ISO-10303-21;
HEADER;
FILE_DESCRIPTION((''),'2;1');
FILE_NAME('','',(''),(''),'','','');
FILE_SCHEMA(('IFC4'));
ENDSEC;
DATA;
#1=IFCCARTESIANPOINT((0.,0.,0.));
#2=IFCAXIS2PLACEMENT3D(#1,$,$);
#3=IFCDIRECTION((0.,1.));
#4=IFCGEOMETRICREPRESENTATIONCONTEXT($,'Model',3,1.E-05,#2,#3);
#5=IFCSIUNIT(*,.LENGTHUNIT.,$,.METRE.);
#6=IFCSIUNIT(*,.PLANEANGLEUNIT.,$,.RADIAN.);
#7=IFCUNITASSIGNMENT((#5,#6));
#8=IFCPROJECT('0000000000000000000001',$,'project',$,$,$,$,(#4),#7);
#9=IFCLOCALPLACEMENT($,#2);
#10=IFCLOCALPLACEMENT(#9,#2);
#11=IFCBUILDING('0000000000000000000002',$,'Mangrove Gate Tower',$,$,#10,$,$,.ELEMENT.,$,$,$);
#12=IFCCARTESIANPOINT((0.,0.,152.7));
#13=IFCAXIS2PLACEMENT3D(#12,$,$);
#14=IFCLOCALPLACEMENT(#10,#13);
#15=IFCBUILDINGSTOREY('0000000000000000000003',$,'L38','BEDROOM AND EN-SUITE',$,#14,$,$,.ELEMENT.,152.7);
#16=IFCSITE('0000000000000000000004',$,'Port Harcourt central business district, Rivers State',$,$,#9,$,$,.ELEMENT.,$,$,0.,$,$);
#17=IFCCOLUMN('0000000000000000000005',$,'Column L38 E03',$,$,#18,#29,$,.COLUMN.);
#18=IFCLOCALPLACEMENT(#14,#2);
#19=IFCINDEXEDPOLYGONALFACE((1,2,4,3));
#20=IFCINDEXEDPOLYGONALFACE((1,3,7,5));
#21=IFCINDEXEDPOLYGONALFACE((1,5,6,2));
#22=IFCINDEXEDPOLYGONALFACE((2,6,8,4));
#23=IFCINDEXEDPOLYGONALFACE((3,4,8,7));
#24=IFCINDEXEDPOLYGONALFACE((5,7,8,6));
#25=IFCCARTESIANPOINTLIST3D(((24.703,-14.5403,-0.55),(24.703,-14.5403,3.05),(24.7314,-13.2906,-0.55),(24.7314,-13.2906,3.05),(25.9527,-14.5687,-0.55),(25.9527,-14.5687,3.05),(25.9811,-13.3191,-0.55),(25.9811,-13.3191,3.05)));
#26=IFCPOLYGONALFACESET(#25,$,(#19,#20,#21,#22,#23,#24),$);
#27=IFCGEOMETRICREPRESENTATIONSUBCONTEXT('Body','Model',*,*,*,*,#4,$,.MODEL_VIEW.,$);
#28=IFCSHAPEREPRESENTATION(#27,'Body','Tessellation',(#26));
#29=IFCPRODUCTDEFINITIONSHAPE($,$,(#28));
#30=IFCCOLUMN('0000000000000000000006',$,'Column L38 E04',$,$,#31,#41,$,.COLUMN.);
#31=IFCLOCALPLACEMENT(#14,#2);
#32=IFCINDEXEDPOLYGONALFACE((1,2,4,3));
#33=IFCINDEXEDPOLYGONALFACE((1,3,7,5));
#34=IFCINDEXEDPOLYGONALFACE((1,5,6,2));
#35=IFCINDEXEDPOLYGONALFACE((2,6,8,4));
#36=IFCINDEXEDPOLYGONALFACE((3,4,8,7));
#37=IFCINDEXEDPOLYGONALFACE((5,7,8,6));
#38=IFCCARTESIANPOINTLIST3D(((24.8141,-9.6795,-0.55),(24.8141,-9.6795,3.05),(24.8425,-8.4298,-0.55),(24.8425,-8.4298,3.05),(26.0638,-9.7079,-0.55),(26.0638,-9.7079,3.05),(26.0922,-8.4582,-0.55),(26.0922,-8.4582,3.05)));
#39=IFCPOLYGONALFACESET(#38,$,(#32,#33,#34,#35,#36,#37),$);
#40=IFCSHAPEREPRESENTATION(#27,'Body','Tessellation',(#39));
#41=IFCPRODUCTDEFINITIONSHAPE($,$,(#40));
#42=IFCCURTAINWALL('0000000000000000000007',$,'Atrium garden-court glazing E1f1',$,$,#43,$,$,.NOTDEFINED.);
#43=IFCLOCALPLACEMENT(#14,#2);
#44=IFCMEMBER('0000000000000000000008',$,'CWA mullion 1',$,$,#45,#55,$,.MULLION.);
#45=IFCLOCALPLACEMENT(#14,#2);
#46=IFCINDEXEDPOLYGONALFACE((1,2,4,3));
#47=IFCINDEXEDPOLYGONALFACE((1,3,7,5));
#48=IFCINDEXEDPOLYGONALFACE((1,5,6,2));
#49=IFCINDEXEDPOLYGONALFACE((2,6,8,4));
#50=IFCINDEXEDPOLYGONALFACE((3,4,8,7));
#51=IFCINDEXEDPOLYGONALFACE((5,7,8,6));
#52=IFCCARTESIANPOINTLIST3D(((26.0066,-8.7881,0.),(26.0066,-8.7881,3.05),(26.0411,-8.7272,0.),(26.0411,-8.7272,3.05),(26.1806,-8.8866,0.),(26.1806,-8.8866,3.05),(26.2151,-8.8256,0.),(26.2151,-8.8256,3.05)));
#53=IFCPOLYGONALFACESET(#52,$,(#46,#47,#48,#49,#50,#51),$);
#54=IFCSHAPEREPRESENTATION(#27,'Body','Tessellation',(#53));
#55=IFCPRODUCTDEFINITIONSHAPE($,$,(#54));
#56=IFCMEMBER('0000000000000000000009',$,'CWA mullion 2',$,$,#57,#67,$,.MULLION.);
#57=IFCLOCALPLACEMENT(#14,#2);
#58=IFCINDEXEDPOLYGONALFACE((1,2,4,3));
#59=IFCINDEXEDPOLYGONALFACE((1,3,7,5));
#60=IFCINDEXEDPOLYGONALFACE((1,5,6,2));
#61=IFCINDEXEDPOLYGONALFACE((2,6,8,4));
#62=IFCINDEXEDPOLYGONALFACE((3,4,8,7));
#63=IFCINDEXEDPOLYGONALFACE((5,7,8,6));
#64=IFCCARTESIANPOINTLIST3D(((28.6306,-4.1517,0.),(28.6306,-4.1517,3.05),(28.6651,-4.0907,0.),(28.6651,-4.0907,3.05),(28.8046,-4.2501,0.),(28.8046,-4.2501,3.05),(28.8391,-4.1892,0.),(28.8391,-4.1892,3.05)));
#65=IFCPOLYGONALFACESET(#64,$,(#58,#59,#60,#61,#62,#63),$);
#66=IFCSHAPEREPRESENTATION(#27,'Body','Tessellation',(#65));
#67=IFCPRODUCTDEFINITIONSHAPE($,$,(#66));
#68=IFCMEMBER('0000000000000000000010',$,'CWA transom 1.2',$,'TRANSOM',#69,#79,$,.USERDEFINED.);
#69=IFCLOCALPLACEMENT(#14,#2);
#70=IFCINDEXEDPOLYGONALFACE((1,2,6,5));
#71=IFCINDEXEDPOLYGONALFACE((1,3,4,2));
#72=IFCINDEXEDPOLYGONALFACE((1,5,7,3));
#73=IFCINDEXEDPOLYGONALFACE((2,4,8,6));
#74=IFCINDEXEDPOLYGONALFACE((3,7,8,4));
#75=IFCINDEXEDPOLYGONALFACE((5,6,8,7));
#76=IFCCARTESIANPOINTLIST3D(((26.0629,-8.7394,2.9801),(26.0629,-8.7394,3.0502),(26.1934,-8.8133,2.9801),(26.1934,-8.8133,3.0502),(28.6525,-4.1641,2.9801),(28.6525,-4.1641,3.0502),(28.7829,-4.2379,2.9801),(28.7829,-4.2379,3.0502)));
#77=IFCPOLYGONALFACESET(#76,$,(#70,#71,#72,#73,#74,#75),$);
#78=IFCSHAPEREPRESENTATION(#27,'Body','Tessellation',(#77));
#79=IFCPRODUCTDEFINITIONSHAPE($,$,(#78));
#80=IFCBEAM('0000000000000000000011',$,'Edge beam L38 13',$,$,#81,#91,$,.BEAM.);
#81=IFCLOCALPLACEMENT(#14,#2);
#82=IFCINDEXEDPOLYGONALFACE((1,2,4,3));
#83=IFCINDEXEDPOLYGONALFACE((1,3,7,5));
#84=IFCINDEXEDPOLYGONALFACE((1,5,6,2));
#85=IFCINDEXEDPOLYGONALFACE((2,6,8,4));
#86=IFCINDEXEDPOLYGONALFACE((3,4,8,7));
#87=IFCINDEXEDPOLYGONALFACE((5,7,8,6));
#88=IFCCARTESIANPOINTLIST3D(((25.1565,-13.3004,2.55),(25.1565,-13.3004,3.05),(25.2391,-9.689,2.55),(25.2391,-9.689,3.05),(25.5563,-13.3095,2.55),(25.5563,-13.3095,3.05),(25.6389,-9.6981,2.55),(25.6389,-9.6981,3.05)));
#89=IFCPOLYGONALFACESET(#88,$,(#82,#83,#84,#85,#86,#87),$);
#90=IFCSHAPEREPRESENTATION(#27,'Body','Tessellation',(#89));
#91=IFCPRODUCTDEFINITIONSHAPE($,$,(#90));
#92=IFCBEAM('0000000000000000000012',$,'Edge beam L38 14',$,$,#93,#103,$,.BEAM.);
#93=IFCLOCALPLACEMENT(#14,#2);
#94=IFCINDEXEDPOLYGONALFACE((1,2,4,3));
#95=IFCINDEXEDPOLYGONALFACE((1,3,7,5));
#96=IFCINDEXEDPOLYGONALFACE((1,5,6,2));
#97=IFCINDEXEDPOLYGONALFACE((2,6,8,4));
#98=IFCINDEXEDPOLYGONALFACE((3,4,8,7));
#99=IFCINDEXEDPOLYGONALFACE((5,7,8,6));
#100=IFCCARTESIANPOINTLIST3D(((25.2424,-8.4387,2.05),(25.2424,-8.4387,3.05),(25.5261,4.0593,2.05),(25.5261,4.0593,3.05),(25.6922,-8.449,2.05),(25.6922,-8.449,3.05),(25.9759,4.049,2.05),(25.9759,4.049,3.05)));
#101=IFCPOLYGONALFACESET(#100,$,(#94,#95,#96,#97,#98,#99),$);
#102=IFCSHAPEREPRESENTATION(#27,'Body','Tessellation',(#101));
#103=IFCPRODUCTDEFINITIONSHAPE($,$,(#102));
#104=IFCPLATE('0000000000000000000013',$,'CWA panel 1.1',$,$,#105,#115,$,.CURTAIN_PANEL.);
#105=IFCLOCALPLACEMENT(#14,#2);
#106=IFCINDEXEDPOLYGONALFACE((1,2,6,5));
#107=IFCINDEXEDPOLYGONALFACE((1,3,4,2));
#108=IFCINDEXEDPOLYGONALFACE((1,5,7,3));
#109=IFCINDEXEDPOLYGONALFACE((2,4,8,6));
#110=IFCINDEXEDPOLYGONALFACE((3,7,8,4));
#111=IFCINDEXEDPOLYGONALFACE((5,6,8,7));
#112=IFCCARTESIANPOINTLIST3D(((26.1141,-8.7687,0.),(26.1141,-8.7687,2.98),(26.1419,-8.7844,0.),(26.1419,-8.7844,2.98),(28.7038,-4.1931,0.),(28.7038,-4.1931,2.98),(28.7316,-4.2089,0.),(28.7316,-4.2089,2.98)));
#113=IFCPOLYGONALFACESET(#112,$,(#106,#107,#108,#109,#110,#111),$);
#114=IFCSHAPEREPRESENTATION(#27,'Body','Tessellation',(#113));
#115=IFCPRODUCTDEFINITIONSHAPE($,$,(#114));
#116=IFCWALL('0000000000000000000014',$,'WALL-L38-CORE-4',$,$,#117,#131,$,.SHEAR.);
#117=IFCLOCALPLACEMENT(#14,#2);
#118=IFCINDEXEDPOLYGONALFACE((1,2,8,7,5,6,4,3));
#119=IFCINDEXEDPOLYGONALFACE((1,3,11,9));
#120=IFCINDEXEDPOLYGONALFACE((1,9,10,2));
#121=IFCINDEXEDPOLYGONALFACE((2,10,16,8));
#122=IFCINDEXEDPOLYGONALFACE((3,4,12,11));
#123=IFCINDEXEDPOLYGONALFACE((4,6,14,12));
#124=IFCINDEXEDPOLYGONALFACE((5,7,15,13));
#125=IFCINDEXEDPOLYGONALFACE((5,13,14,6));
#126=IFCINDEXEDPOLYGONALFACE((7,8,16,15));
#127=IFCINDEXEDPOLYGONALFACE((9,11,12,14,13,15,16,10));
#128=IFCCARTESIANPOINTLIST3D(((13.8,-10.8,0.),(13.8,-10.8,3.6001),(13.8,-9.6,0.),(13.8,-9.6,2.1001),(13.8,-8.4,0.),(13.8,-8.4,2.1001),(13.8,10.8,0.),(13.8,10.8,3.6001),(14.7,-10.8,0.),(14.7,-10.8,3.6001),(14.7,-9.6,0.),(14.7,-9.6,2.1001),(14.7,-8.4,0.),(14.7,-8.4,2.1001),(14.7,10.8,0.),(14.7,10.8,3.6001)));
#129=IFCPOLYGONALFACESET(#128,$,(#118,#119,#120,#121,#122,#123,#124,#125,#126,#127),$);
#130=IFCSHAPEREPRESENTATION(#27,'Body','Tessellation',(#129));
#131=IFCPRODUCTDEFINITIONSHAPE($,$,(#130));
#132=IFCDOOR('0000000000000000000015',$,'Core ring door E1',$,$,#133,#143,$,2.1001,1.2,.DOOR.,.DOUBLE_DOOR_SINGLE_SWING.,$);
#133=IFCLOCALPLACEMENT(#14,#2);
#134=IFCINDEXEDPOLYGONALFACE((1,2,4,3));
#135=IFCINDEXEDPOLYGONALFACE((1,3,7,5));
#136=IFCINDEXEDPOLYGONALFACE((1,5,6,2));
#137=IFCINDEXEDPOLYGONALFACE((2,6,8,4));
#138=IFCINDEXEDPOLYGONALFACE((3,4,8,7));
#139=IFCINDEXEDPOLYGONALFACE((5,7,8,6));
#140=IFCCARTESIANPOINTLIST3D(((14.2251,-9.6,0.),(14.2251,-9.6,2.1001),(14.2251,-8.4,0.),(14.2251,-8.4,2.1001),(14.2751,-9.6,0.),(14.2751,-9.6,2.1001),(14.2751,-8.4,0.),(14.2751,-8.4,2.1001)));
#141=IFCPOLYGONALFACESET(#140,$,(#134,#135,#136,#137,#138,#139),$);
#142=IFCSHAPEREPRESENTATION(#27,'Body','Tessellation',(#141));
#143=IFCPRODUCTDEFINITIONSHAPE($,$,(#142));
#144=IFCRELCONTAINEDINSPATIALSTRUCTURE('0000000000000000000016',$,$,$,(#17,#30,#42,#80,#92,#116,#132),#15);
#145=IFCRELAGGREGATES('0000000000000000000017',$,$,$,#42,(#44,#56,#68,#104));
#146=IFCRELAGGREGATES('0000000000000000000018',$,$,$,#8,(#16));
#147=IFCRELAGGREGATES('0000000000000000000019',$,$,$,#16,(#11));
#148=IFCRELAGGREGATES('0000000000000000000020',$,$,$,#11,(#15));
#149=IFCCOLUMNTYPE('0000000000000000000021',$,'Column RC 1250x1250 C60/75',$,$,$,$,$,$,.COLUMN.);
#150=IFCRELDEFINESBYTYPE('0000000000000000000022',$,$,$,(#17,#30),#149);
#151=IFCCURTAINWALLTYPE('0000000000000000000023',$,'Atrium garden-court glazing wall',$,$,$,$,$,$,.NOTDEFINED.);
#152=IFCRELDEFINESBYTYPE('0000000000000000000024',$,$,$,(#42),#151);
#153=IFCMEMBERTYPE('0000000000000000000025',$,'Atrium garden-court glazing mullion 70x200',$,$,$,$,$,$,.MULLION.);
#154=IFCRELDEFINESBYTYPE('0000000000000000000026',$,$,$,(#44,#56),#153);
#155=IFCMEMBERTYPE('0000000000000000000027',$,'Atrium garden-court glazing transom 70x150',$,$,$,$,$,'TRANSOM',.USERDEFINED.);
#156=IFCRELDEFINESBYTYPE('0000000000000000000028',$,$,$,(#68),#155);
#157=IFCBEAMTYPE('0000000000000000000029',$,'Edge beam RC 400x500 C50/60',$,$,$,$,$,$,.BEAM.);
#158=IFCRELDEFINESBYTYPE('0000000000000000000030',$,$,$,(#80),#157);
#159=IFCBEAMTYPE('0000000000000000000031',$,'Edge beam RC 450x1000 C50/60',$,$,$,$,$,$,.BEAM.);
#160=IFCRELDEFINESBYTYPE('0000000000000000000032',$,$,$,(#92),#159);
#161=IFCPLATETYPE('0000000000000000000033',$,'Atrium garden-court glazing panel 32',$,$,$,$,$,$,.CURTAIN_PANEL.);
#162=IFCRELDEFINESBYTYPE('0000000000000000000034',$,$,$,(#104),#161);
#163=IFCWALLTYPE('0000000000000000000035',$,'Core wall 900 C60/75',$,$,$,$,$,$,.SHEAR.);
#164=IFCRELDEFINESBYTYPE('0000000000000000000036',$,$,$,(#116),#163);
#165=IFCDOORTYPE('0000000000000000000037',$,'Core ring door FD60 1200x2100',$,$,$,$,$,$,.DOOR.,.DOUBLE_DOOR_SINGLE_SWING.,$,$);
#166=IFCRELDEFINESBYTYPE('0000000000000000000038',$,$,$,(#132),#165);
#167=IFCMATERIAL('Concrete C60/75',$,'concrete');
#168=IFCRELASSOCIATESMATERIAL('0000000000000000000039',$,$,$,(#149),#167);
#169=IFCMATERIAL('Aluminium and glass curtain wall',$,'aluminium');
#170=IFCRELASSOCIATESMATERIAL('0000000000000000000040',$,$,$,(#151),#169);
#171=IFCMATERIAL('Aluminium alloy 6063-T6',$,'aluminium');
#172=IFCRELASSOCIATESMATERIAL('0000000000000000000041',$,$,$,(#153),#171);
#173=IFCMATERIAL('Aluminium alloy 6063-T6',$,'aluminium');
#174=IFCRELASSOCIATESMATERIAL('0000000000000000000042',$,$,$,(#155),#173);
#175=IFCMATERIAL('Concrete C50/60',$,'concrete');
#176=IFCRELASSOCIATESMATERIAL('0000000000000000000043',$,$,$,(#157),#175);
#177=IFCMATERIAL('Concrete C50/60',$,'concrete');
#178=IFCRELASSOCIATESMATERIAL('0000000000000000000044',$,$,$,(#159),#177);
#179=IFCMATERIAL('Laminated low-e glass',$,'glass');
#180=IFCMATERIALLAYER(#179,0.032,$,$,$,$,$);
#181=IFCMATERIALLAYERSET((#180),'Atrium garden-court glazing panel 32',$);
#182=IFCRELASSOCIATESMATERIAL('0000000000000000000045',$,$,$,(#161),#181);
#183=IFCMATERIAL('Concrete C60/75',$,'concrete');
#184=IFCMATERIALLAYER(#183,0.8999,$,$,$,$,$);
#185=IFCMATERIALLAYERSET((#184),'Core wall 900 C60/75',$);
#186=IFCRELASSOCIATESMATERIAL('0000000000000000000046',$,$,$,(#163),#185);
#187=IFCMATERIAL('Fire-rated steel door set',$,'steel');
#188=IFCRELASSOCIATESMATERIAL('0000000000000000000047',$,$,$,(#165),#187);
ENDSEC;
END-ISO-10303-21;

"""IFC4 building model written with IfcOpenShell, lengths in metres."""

from ifc_helpers import new_model, si_unit, direction, frame, frame_2d, origin, origin_2d, place, context, subcontext, project, spatial, rectangle, extrude, material, layer, layer_set, material_profile, profile_set, type_object, element, fill, aggregate, save


model = new_model("IFC4")

# Units and contexts
model_context = context("Model", 3, precision=1e-05, world=origin(), true_north=direction((0.0, 1.0)))
body_context = subcontext(model_context, "Body", "Model", "MODEL_VIEW")
ifc_project = project(units=[si_unit("LENGTHUNIT", "METRE"), si_unit("PLANEANGLEUNIT", "RADIAN")], contexts=[model_context])

# Site, building, storey
site_placement = place(None, origin())
site = spatial("IfcSite", under=ifc_project, at=site_placement, Name="Port Harcourt central business district, Rivers State", CompositionType="ELEMENT", RefElevation=0.0)
building_placement = place(site_placement, origin())
building = spatial("IfcBuilding", under=site, at=building_placement, Name="Mangrove Gate Tower", CompositionType="ELEMENT")
storey_placement = place(building_placement, frame((0.0, 0.0, 152.7)))
storey = spatial("IfcBuildingStorey", under=building, at=storey_placement, Name="L38", Description="BEDROOM AND EN-SUITE", CompositionType="ELEMENT", Elevation=152.7)

# Columns
ifc_material_1 = material(Name="Concrete C60/75", Category="concrete")
ifc_material_profile_1 = material_profile(ifc_material_1, rectangle(XDim=1.25, YDim=1.25, at=origin_2d()))
ifc_profile_set_1 = profile_set([ifc_material_profile_1], Name="Concrete C60/75")
column_type = type_object("IfcColumnType", Name="Column RC 1250x1250 C60/75", PredefinedType="COLUMN", material=ifc_profile_set_1)
for number, where, z_axis, x_axis, name in (
    (1, (25.342, -13.9297, -0.55), (0.0, 0.0, 1.0), (0.022726, 0.999742, 0.0), "Column L38 E03"),
    (2, (25.4531, -9.0688, -0.55), (0.0, 0.0, 1.0), (0.022725, 0.999742, 0.0), "Column L38 E04"),
):
    element("IfcColumn", number, at=place(storey_placement, frame(where, z_axis=z_axis, x_axis=x_axis)), inside=storey, type_object=column_type, Name=name, PredefinedType="COLUMN", context=body_context, shape_type="SweptSolid", body=[
        extrude(rectangle(XDim=1.25, YDim=1.25, at=origin_2d()), origin(), (0.0, 0.0, 1.0), 3.6001),
    ])

# Curtain wall, members
ifc_material_2 = material(Name="Aluminium and glass curtain wall", Category="aluminium")
curtain_wall_type = type_object("IfcCurtainWallType", Name="Atrium garden-court glazing wall", PredefinedType="NOTDEFINED", material=ifc_material_2)
curtain_wall_placement = place(storey_placement, origin())
curtain_wall = element("IfcCurtainWall", 3, at=curtain_wall_placement, inside=storey, type_object=curtain_wall_type, Name="Atrium garden-court glazing E1f1", PredefinedType="NOTDEFINED")
ifc_material_3 = material(Name="Aluminium alloy 6063-T6", Category="aluminium")
ifc_material_profile_2 = material_profile(ifc_material_3, rectangle(XDim=0.0701, YDim=0.2, at=origin_2d()))
ifc_profile_set_2 = profile_set([ifc_material_profile_2], Name="Aluminium alloy 6063-T6")
member_type_1 = type_object("IfcMemberType", Name="Atrium garden-court glazing mullion 70x200", PredefinedType="MULLION", material=ifc_profile_set_2)
member_1_placement = place(storey_placement, frame((26.1108, -8.8069, 0.0), z_axis=(0.0, 0.0, 1.0), x_axis=(0.492564, 0.870276, 0.0)))
member_1 = element("IfcMember", 4, at=member_1_placement, type_object=member_type_1, Name="CWA mullion 1", PredefinedType="MULLION", context=body_context, shape_type="SweptSolid", body=[
    extrude(rectangle(XDim=0.0701, YDim=0.2, at=origin_2d()), origin(), (0.0, 0.0, 1.0), 3.05),
])
member_2_placement = place(storey_placement, frame((28.7349, -4.1704, 0.0), z_axis=(0.0, 0.0, 1.0), x_axis=(0.492564, 0.870276, 0.0)))
member_2 = element("IfcMember", 5, at=member_2_placement, type_object=member_type_1, Name="CWA mullion 2", PredefinedType="MULLION", context=body_context, shape_type="SweptSolid", body=[
    extrude(rectangle(XDim=0.0701, YDim=0.2, at=origin_2d()), origin(), (0.0, 0.0, 1.0), 3.05),
])
ifc_material_4 = material(Name="Aluminium alloy 6063-T6", Category="aluminium")
ifc_material_profile_3 = material_profile(ifc_material_4, rectangle(XDim=0.0701, YDim=0.1499, at=origin_2d()))
ifc_profile_set_3 = profile_set([ifc_material_profile_3], Name="Aluminium alloy 6063-T6")
member_type_2 = type_object("IfcMemberType", Name="Atrium garden-court glazing transom 70x150", ElementType="TRANSOM", PredefinedType="USERDEFINED", material=ifc_profile_set_3)
member_3_placement = place(storey_placement, frame((26.1282, -8.7764, 3.0151), z_axis=(0.492559, 0.870279, 0.0), x_axis=(0.0, 0.0, 1.0)))
member_3 = element("IfcMember", 6, at=member_3_placement, type_object=member_type_2, Name="CWA transom 1.2", ObjectType="TRANSOM", PredefinedType="USERDEFINED", context=body_context, shape_type="SweptSolid", body=[
    extrude(rectangle(XDim=0.0701, YDim=0.1499, at=origin_2d()), origin(), (0.0, 0.0, 1.0), 5.2573),
])

# Beams
ifc_material_5 = material(Name="Concrete C50/60", Category="concrete")
ifc_material_profile_4 = material_profile(ifc_material_5, rectangle(XDim=0.3999, YDim=0.5, at=origin_2d()))
ifc_profile_set_4 = profile_set([ifc_material_profile_4], Name="Concrete C50/60")
beam_type_1 = type_object("IfcBeamType", Name="Edge beam RC 400x500 C50/60", PredefinedType="BEAM", material=ifc_profile_set_4)
beam_1_placement = place(storey_placement, frame((25.3564, -13.3049, 2.8), z_axis=(0.022844, 0.999739, 0.0), x_axis=(-0.999739, 0.022844, 0.0)))
element("IfcBeam", 7, at=beam_1_placement, inside=storey, type_object=beam_type_1, Name="Edge beam L38 13", PredefinedType="BEAM", context=body_context, shape_type="SweptSolid", body=[
    extrude(rectangle(XDim=0.3999, YDim=0.5, at=origin_2d()), origin(), (0.0, 0.0, 1.0), 3.6123),
])
ifc_material_6 = material(Name="Concrete C50/60", Category="concrete")
ifc_material_profile_5 = material_profile(ifc_material_6, rectangle(XDim=0.45, YDim=1.0, at=origin_2d()))
ifc_profile_set_5 = profile_set([ifc_material_profile_5], Name="Concrete C50/60")
beam_type_2 = type_object("IfcBeamType", Name="Edge beam RC 450x1000 C50/60", PredefinedType="BEAM", material=ifc_profile_set_5)
beam_2_placement = place(storey_placement, frame((25.4673, -8.4438, 2.55), z_axis=(0.022693, 0.999742, 0.0), x_axis=(-0.999742, 0.022693, 0.0)))
element("IfcBeam", 8, at=beam_2_placement, inside=storey, type_object=beam_type_2, Name="Edge beam L38 14", PredefinedType="BEAM", context=body_context, shape_type="SweptSolid", body=[
    extrude(rectangle(XDim=0.45, YDim=1.0, at=origin_2d()), origin(), (0.0, 0.0, 1.0), 12.5012),
])

# Plate
ifc_material_7 = material(Name="Laminated low-e glass", Category="glass")
ifc_layer_1 = layer(ifc_material_7, 0.032)
ifc_layer_set_1 = layer_set([ifc_layer_1], Name="Atrium garden-court glazing panel 32")
plate_type = type_object("IfcPlateType", Name="Atrium garden-court glazing panel 32", PredefinedType="CURTAIN_PANEL", material=ifc_layer_set_1)
plate_placement = place(storey_placement, frame((27.4229, -6.4888, 0.0), z_axis=(0.0, 0.0, 1.0), x_axis=(0.492564, 0.870276, 0.0)))
plate = element("IfcPlate", 9, at=plate_placement, type_object=plate_type, Name="CWA panel 1.1", PredefinedType="CURTAIN_PANEL", context=body_context, shape_type="SweptSolid", body=[
    extrude(rectangle(XDim=5.2576, YDim=0.032, at=origin_2d()), origin(), (0.0, 0.0, 1.0), 2.98),
])
aggregate(curtain_wall, [member_1, member_2, member_3, plate])

# Wall, opening, door
ifc_material_8 = material(Name="Concrete C60/75", Category="concrete")
ifc_layer_2 = layer(ifc_material_8, 0.8999)
ifc_layer_set_2 = layer_set([ifc_layer_2], Name="Core wall 900 C60/75")
wall_type_1 = type_object("IfcWallType", Name="Core wall 900 C60/75", PredefinedType="SHEAR", material=ifc_layer_set_2)
wall_1_placement = place(storey_placement, frame((14.25, -10.8, 0.0), z_axis=(0.0, 0.0, 1.0), x_axis=(0.0, 1.0, 0.0)))
wall_1 = element("IfcWall", 10, at=wall_1_placement, inside=storey, type_object=wall_type_1, Name="WALL-L38-CORE-4", PredefinedType="SHEAR", context=body_context, shape_type="SweptSolid", body=[
    extrude(rectangle(XDim=21.6001, YDim=0.8999, at=frame_2d((10.8, 0.0))), origin(), (0.0, 0.0, 1.0), 3.6001),
])
opening_1_placement = place(wall_1_placement, frame((1.2, 0.0, 0.0)))
opening_1 = element("IfcOpeningElement", 11, at=opening_1_placement, cuts=wall_1, PredefinedType="OPENING", context=body_context, shape_type="SweptSolid", body=[
    extrude(rectangle(XDim=1.2, YDim=2.1001, at=frame_2d((0.6001, 1.05))), frame((0.0, 0.46, 0.0), z_axis=(0.0, -1.0, 0.0), x_axis=(1.0, 0.0, 0.0)), (0.0, 0.0, 1.0), 0.9199),
])
ifc_material_9 = material(Name="Fire-rated steel door set", Category="steel")
door_type_1 = type_object("IfcDoorType", Name="Core ring door FD60 1200x2100", OperationType="DOUBLE_DOOR_SINGLE_SWING", PredefinedType="DOOR", material=ifc_material_9)
door_1_placement = place(opening_1_placement, origin())
door_1 = element("IfcDoor", 12, at=door_1_placement, inside=storey, type_object=door_type_1, Name="Core ring door E1", OperationType="DOUBLE_DOOR_SINGLE_SWING", OverallHeight=2.1001, OverallWidth=1.2, PredefinedType="DOOR", context=body_context, shape_type="SweptSolid", body=[
    extrude(rectangle(XDim=1.2, YDim=2.1001, at=frame_2d((0.6001, 1.05))), frame((0.0, 0.0249, 0.0), z_axis=(0.0, -1.0, 0.0), x_axis=(1.0, 0.0, 0.0)), (0.0, 0.0, 1.0), 0.05),
])
fill(opening_1, door_1)

save(model, "model.ifc")
